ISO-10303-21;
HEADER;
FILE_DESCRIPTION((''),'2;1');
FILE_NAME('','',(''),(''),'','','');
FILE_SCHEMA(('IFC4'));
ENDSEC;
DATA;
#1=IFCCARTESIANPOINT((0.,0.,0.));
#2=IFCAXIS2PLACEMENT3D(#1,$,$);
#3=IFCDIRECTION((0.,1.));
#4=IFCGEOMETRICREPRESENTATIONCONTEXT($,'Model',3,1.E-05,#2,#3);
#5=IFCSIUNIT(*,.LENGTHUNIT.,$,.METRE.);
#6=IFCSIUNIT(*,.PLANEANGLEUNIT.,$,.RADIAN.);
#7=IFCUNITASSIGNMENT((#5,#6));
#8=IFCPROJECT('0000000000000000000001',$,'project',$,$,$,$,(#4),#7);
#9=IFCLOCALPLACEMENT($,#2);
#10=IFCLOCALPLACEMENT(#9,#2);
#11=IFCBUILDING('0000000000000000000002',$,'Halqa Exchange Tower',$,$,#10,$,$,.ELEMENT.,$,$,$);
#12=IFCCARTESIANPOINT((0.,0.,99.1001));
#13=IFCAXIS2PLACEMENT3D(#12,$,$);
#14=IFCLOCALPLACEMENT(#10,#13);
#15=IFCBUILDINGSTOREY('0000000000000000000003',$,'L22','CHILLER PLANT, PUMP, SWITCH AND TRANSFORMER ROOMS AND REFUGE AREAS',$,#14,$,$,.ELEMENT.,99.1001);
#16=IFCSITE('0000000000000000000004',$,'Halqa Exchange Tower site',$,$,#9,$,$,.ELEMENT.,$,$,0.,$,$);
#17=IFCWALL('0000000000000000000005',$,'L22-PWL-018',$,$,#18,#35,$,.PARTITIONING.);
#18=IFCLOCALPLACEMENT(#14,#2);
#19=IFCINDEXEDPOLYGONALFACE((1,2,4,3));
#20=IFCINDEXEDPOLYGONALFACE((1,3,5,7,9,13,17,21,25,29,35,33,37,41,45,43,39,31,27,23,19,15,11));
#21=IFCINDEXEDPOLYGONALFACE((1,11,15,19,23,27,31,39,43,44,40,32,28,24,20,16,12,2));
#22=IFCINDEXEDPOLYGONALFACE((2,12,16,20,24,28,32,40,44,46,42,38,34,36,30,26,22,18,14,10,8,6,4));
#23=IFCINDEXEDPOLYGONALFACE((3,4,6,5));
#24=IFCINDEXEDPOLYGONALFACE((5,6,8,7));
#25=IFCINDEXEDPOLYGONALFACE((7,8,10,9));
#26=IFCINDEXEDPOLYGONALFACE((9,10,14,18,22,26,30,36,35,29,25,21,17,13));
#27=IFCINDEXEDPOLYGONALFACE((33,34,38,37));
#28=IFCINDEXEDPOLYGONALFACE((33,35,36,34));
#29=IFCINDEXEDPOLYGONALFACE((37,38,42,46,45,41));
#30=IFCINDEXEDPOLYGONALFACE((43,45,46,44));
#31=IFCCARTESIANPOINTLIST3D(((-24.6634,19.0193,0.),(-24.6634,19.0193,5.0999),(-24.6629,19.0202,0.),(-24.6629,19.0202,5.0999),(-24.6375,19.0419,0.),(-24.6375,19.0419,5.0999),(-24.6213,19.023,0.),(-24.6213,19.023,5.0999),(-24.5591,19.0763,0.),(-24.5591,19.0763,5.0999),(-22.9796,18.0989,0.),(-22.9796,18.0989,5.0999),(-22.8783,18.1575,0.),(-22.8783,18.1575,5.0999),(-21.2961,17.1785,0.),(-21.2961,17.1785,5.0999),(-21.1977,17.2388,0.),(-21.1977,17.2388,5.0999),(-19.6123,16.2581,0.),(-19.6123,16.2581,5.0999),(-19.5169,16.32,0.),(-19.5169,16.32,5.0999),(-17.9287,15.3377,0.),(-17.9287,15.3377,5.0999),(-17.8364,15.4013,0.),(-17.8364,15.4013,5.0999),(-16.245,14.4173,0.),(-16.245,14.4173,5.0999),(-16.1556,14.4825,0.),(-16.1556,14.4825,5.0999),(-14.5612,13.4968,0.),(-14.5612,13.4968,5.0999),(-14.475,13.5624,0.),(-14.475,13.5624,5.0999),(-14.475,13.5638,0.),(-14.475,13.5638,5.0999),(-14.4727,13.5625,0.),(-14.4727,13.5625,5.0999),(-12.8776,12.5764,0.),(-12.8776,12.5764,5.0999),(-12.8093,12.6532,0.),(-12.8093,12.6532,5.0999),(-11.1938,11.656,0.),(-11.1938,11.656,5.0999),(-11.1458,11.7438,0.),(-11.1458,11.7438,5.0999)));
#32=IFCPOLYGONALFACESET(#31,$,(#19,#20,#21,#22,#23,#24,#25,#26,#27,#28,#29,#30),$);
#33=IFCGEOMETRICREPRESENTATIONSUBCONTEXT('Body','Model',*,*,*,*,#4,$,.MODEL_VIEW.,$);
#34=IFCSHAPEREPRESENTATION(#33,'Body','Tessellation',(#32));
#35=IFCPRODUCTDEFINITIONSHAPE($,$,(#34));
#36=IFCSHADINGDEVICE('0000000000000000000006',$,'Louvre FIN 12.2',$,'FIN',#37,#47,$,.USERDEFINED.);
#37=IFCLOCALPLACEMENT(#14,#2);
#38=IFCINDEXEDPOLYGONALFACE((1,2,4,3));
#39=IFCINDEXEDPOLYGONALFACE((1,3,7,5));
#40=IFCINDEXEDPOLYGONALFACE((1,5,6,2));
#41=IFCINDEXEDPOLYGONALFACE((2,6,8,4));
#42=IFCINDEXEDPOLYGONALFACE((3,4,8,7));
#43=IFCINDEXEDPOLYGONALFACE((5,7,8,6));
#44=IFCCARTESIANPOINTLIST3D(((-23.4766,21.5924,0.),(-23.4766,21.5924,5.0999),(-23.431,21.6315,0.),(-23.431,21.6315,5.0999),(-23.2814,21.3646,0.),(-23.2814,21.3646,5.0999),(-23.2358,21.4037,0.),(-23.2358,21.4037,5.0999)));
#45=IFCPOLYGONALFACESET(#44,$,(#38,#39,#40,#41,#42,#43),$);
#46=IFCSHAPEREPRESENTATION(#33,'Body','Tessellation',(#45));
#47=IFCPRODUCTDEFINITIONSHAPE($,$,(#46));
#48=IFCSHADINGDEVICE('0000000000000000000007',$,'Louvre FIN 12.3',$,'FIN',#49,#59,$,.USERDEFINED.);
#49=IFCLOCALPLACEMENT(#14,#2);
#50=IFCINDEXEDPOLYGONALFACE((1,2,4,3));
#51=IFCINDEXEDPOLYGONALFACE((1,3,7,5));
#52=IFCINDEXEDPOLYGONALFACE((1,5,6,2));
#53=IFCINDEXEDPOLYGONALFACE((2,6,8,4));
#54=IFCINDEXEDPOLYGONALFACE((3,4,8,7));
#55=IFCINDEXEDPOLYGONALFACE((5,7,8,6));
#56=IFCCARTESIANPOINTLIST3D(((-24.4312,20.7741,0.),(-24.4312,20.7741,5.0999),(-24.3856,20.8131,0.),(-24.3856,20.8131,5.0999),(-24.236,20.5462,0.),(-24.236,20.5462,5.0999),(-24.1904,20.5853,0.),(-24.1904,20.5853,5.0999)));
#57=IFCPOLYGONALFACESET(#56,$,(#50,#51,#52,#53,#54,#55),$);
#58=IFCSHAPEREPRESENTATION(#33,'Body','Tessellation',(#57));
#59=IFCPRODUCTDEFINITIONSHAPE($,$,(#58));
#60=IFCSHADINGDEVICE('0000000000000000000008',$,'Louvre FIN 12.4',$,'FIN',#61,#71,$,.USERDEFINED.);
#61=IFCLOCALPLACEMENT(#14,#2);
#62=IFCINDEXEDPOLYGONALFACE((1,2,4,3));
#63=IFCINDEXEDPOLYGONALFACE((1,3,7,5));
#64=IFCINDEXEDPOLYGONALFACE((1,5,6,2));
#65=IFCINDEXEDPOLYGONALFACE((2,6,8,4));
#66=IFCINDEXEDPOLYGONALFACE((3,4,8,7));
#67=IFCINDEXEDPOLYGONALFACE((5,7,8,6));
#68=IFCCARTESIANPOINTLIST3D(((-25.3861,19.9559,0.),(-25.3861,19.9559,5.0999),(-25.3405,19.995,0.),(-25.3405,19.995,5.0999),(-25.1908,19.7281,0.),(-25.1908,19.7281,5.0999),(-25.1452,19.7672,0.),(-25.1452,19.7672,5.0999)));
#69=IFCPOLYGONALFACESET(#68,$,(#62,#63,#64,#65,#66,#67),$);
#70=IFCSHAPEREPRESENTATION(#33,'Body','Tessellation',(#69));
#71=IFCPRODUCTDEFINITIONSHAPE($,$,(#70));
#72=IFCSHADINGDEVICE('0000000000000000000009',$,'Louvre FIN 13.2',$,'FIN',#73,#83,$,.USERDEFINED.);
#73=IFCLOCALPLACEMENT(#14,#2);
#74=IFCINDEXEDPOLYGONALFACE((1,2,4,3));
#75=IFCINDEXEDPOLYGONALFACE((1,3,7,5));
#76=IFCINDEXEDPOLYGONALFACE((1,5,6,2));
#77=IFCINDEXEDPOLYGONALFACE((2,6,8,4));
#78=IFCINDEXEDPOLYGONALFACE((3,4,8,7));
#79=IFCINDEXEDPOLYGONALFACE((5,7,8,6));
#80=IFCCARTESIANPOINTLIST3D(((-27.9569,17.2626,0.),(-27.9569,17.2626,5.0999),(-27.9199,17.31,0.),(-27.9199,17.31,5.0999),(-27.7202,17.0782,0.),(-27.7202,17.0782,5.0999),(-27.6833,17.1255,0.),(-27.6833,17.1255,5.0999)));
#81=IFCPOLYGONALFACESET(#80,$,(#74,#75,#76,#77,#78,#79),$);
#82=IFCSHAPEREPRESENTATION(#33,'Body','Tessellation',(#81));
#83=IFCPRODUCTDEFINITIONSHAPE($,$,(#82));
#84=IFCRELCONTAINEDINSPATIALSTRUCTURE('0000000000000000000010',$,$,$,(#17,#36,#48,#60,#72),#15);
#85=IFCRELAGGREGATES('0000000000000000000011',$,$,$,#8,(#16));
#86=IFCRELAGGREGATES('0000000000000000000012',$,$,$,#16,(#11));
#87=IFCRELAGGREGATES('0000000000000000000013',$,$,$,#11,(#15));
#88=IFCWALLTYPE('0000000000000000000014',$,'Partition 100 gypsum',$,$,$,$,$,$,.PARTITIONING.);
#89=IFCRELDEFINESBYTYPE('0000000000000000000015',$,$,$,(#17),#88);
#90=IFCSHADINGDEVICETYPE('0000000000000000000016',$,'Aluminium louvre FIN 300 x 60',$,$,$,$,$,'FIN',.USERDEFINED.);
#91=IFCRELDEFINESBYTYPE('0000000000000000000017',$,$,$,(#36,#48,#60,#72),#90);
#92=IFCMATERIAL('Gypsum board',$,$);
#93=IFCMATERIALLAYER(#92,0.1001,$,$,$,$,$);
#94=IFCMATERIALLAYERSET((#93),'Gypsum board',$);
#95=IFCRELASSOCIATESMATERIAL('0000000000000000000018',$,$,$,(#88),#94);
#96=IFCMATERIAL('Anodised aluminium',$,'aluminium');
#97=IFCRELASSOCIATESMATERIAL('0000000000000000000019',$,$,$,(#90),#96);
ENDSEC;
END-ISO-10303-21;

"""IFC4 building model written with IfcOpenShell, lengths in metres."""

from ifc_helpers import new_model, si_unit, direction, frame, origin, origin_2d, place, context, subcontext, project, spatial, polyline, rectangle, outline, extrude, material, layer, layer_set, material_profile, profile_set, type_object, element, save


model = new_model("IFC4")

# Units and contexts
model_context = context("Model", 3, precision=1e-05, world=origin(), true_north=direction((0.0, 1.0)))
body_context = subcontext(model_context, "Body", "Model", "MODEL_VIEW")
ifc_project = project(units=[si_unit("LENGTHUNIT", "METRE"), si_unit("PLANEANGLEUNIT", "RADIAN")], contexts=[model_context])

# Site, building, storey
site_placement = place(None, origin())
site = spatial("IfcSite", under=ifc_project, at=site_placement, Name="Halqa Exchange Tower site", CompositionType="ELEMENT", RefElevation=0.0)
building_placement = place(site_placement, origin())
building = spatial("IfcBuilding", under=site, at=building_placement, Name="Halqa Exchange Tower", CompositionType="ELEMENT")
storey_placement = place(building_placement, frame((0.0, 0.0, 99.1001)))
storey = spatial("IfcBuildingStorey", under=building, at=storey_placement, Name="L22", Description="CHILLER PLANT, PUMP, SWITCH AND TRANSFORMER ROOMS AND REFUGE AREAS", CompositionType="ELEMENT", Elevation=99.1001)

# Wall
ifc_material_1 = material(Name="Gypsum board")
ifc_layer_1 = layer(ifc_material_1, 0.1001)
ifc_layer_set_1 = layer_set([ifc_layer_1], Name="Gypsum board")
wall_type_1 = type_object("IfcWallType", Name="Partition 100 gypsum", PredefinedType="PARTITIONING", material=ifc_layer_set_1)
wall_1_placement = place(storey_placement, frame((-24.6394, 19.0632, 0.0), z_axis=(0.0, 0.0, 1.0), x_axis=(0.877449, -0.47967, 0.0)))
element("IfcWall", 1, at=wall_1_placement, inside=storey, type_object=wall_type_1, Name="L22-PWL-018", PredefinedType="PARTITIONING", context=body_context, shape_type="SweptSolid", body=[
    extrude(outline(polyline([(15.3508, 0.05), (13.4551, 0.05), (11.5593, 0.05), (11.5574, 0.0488), (11.5566, 0.05), (9.6414, 0.05), (7.7258, 0.05), (5.8105, 0.05), (3.895, 0.05), (1.9797, 0.05), (0.0642, 0.05), (0.0352, -0.0266), (0.012, -0.0178), (0.0, -0.0491), (0.0, -0.05), (1.9189, -0.05), (3.8376, -0.05), (5.7566, -0.05), (7.6753, -0.05), (9.5942, -0.05), (11.5132, -0.05), (13.4319, -0.05), (15.3508, -0.05), (15.3508, 0.05)])), origin(), (0.0, 0.0, 1.0), 5.0999),
])

# Shading devices
ifc_material_2 = material(Name="Anodised aluminium", Category="aluminium")
ifc_material_profile_1 = material_profile(ifc_material_2, rectangle(XDim=0.3, YDim=0.0601, at=origin_2d()), Name="AL FIN 300x60")
ifc_profile_set_1 = profile_set([ifc_material_profile_1], Name="Anodised aluminium")
shading_device_type = type_object("IfcShadingDeviceType", Name="Aluminium louvre FIN 300 x 60", ElementType="FIN", PredefinedType="USERDEFINED", material=ifc_profile_set_1)
for number, where, z_axis, x_axis, name in (
    (2, (-23.3562, 21.498, 0.0), (0.0, 0.0, 1.0), (0.650785, -0.759262, 0.0), "Louvre FIN 12.2"),
    (3, (-24.3108, 20.6797, 0.0), (0.0, 0.0, 1.0), (0.650785, -0.759262, 0.0), "Louvre FIN 12.3"),
    (4, (-25.2656, 19.8616, 0.0), (0.0, 0.0, 1.0), (0.650785, -0.759262, 0.0), "Louvre FIN 12.4"),
    (5, (-27.8201, 17.1941, 0.0), (0.0, 0.0, 1.0), (0.788675, -0.61481, 0.0), "Louvre FIN 13.2"),
):
    element("IfcShadingDevice", number, at=place(storey_placement, frame(where, z_axis=z_axis, x_axis=x_axis)), inside=storey, type_object=shading_device_type, Name=name, ObjectType="FIN", PredefinedType="USERDEFINED", context=body_context, shape_type="SweptSolid", body=[
        extrude(rectangle(XDim=0.3, YDim=0.0601, at=origin_2d()), origin(), (0.0, 0.0, 1.0), 5.0999),
    ])

save(model, "model.ifc")
